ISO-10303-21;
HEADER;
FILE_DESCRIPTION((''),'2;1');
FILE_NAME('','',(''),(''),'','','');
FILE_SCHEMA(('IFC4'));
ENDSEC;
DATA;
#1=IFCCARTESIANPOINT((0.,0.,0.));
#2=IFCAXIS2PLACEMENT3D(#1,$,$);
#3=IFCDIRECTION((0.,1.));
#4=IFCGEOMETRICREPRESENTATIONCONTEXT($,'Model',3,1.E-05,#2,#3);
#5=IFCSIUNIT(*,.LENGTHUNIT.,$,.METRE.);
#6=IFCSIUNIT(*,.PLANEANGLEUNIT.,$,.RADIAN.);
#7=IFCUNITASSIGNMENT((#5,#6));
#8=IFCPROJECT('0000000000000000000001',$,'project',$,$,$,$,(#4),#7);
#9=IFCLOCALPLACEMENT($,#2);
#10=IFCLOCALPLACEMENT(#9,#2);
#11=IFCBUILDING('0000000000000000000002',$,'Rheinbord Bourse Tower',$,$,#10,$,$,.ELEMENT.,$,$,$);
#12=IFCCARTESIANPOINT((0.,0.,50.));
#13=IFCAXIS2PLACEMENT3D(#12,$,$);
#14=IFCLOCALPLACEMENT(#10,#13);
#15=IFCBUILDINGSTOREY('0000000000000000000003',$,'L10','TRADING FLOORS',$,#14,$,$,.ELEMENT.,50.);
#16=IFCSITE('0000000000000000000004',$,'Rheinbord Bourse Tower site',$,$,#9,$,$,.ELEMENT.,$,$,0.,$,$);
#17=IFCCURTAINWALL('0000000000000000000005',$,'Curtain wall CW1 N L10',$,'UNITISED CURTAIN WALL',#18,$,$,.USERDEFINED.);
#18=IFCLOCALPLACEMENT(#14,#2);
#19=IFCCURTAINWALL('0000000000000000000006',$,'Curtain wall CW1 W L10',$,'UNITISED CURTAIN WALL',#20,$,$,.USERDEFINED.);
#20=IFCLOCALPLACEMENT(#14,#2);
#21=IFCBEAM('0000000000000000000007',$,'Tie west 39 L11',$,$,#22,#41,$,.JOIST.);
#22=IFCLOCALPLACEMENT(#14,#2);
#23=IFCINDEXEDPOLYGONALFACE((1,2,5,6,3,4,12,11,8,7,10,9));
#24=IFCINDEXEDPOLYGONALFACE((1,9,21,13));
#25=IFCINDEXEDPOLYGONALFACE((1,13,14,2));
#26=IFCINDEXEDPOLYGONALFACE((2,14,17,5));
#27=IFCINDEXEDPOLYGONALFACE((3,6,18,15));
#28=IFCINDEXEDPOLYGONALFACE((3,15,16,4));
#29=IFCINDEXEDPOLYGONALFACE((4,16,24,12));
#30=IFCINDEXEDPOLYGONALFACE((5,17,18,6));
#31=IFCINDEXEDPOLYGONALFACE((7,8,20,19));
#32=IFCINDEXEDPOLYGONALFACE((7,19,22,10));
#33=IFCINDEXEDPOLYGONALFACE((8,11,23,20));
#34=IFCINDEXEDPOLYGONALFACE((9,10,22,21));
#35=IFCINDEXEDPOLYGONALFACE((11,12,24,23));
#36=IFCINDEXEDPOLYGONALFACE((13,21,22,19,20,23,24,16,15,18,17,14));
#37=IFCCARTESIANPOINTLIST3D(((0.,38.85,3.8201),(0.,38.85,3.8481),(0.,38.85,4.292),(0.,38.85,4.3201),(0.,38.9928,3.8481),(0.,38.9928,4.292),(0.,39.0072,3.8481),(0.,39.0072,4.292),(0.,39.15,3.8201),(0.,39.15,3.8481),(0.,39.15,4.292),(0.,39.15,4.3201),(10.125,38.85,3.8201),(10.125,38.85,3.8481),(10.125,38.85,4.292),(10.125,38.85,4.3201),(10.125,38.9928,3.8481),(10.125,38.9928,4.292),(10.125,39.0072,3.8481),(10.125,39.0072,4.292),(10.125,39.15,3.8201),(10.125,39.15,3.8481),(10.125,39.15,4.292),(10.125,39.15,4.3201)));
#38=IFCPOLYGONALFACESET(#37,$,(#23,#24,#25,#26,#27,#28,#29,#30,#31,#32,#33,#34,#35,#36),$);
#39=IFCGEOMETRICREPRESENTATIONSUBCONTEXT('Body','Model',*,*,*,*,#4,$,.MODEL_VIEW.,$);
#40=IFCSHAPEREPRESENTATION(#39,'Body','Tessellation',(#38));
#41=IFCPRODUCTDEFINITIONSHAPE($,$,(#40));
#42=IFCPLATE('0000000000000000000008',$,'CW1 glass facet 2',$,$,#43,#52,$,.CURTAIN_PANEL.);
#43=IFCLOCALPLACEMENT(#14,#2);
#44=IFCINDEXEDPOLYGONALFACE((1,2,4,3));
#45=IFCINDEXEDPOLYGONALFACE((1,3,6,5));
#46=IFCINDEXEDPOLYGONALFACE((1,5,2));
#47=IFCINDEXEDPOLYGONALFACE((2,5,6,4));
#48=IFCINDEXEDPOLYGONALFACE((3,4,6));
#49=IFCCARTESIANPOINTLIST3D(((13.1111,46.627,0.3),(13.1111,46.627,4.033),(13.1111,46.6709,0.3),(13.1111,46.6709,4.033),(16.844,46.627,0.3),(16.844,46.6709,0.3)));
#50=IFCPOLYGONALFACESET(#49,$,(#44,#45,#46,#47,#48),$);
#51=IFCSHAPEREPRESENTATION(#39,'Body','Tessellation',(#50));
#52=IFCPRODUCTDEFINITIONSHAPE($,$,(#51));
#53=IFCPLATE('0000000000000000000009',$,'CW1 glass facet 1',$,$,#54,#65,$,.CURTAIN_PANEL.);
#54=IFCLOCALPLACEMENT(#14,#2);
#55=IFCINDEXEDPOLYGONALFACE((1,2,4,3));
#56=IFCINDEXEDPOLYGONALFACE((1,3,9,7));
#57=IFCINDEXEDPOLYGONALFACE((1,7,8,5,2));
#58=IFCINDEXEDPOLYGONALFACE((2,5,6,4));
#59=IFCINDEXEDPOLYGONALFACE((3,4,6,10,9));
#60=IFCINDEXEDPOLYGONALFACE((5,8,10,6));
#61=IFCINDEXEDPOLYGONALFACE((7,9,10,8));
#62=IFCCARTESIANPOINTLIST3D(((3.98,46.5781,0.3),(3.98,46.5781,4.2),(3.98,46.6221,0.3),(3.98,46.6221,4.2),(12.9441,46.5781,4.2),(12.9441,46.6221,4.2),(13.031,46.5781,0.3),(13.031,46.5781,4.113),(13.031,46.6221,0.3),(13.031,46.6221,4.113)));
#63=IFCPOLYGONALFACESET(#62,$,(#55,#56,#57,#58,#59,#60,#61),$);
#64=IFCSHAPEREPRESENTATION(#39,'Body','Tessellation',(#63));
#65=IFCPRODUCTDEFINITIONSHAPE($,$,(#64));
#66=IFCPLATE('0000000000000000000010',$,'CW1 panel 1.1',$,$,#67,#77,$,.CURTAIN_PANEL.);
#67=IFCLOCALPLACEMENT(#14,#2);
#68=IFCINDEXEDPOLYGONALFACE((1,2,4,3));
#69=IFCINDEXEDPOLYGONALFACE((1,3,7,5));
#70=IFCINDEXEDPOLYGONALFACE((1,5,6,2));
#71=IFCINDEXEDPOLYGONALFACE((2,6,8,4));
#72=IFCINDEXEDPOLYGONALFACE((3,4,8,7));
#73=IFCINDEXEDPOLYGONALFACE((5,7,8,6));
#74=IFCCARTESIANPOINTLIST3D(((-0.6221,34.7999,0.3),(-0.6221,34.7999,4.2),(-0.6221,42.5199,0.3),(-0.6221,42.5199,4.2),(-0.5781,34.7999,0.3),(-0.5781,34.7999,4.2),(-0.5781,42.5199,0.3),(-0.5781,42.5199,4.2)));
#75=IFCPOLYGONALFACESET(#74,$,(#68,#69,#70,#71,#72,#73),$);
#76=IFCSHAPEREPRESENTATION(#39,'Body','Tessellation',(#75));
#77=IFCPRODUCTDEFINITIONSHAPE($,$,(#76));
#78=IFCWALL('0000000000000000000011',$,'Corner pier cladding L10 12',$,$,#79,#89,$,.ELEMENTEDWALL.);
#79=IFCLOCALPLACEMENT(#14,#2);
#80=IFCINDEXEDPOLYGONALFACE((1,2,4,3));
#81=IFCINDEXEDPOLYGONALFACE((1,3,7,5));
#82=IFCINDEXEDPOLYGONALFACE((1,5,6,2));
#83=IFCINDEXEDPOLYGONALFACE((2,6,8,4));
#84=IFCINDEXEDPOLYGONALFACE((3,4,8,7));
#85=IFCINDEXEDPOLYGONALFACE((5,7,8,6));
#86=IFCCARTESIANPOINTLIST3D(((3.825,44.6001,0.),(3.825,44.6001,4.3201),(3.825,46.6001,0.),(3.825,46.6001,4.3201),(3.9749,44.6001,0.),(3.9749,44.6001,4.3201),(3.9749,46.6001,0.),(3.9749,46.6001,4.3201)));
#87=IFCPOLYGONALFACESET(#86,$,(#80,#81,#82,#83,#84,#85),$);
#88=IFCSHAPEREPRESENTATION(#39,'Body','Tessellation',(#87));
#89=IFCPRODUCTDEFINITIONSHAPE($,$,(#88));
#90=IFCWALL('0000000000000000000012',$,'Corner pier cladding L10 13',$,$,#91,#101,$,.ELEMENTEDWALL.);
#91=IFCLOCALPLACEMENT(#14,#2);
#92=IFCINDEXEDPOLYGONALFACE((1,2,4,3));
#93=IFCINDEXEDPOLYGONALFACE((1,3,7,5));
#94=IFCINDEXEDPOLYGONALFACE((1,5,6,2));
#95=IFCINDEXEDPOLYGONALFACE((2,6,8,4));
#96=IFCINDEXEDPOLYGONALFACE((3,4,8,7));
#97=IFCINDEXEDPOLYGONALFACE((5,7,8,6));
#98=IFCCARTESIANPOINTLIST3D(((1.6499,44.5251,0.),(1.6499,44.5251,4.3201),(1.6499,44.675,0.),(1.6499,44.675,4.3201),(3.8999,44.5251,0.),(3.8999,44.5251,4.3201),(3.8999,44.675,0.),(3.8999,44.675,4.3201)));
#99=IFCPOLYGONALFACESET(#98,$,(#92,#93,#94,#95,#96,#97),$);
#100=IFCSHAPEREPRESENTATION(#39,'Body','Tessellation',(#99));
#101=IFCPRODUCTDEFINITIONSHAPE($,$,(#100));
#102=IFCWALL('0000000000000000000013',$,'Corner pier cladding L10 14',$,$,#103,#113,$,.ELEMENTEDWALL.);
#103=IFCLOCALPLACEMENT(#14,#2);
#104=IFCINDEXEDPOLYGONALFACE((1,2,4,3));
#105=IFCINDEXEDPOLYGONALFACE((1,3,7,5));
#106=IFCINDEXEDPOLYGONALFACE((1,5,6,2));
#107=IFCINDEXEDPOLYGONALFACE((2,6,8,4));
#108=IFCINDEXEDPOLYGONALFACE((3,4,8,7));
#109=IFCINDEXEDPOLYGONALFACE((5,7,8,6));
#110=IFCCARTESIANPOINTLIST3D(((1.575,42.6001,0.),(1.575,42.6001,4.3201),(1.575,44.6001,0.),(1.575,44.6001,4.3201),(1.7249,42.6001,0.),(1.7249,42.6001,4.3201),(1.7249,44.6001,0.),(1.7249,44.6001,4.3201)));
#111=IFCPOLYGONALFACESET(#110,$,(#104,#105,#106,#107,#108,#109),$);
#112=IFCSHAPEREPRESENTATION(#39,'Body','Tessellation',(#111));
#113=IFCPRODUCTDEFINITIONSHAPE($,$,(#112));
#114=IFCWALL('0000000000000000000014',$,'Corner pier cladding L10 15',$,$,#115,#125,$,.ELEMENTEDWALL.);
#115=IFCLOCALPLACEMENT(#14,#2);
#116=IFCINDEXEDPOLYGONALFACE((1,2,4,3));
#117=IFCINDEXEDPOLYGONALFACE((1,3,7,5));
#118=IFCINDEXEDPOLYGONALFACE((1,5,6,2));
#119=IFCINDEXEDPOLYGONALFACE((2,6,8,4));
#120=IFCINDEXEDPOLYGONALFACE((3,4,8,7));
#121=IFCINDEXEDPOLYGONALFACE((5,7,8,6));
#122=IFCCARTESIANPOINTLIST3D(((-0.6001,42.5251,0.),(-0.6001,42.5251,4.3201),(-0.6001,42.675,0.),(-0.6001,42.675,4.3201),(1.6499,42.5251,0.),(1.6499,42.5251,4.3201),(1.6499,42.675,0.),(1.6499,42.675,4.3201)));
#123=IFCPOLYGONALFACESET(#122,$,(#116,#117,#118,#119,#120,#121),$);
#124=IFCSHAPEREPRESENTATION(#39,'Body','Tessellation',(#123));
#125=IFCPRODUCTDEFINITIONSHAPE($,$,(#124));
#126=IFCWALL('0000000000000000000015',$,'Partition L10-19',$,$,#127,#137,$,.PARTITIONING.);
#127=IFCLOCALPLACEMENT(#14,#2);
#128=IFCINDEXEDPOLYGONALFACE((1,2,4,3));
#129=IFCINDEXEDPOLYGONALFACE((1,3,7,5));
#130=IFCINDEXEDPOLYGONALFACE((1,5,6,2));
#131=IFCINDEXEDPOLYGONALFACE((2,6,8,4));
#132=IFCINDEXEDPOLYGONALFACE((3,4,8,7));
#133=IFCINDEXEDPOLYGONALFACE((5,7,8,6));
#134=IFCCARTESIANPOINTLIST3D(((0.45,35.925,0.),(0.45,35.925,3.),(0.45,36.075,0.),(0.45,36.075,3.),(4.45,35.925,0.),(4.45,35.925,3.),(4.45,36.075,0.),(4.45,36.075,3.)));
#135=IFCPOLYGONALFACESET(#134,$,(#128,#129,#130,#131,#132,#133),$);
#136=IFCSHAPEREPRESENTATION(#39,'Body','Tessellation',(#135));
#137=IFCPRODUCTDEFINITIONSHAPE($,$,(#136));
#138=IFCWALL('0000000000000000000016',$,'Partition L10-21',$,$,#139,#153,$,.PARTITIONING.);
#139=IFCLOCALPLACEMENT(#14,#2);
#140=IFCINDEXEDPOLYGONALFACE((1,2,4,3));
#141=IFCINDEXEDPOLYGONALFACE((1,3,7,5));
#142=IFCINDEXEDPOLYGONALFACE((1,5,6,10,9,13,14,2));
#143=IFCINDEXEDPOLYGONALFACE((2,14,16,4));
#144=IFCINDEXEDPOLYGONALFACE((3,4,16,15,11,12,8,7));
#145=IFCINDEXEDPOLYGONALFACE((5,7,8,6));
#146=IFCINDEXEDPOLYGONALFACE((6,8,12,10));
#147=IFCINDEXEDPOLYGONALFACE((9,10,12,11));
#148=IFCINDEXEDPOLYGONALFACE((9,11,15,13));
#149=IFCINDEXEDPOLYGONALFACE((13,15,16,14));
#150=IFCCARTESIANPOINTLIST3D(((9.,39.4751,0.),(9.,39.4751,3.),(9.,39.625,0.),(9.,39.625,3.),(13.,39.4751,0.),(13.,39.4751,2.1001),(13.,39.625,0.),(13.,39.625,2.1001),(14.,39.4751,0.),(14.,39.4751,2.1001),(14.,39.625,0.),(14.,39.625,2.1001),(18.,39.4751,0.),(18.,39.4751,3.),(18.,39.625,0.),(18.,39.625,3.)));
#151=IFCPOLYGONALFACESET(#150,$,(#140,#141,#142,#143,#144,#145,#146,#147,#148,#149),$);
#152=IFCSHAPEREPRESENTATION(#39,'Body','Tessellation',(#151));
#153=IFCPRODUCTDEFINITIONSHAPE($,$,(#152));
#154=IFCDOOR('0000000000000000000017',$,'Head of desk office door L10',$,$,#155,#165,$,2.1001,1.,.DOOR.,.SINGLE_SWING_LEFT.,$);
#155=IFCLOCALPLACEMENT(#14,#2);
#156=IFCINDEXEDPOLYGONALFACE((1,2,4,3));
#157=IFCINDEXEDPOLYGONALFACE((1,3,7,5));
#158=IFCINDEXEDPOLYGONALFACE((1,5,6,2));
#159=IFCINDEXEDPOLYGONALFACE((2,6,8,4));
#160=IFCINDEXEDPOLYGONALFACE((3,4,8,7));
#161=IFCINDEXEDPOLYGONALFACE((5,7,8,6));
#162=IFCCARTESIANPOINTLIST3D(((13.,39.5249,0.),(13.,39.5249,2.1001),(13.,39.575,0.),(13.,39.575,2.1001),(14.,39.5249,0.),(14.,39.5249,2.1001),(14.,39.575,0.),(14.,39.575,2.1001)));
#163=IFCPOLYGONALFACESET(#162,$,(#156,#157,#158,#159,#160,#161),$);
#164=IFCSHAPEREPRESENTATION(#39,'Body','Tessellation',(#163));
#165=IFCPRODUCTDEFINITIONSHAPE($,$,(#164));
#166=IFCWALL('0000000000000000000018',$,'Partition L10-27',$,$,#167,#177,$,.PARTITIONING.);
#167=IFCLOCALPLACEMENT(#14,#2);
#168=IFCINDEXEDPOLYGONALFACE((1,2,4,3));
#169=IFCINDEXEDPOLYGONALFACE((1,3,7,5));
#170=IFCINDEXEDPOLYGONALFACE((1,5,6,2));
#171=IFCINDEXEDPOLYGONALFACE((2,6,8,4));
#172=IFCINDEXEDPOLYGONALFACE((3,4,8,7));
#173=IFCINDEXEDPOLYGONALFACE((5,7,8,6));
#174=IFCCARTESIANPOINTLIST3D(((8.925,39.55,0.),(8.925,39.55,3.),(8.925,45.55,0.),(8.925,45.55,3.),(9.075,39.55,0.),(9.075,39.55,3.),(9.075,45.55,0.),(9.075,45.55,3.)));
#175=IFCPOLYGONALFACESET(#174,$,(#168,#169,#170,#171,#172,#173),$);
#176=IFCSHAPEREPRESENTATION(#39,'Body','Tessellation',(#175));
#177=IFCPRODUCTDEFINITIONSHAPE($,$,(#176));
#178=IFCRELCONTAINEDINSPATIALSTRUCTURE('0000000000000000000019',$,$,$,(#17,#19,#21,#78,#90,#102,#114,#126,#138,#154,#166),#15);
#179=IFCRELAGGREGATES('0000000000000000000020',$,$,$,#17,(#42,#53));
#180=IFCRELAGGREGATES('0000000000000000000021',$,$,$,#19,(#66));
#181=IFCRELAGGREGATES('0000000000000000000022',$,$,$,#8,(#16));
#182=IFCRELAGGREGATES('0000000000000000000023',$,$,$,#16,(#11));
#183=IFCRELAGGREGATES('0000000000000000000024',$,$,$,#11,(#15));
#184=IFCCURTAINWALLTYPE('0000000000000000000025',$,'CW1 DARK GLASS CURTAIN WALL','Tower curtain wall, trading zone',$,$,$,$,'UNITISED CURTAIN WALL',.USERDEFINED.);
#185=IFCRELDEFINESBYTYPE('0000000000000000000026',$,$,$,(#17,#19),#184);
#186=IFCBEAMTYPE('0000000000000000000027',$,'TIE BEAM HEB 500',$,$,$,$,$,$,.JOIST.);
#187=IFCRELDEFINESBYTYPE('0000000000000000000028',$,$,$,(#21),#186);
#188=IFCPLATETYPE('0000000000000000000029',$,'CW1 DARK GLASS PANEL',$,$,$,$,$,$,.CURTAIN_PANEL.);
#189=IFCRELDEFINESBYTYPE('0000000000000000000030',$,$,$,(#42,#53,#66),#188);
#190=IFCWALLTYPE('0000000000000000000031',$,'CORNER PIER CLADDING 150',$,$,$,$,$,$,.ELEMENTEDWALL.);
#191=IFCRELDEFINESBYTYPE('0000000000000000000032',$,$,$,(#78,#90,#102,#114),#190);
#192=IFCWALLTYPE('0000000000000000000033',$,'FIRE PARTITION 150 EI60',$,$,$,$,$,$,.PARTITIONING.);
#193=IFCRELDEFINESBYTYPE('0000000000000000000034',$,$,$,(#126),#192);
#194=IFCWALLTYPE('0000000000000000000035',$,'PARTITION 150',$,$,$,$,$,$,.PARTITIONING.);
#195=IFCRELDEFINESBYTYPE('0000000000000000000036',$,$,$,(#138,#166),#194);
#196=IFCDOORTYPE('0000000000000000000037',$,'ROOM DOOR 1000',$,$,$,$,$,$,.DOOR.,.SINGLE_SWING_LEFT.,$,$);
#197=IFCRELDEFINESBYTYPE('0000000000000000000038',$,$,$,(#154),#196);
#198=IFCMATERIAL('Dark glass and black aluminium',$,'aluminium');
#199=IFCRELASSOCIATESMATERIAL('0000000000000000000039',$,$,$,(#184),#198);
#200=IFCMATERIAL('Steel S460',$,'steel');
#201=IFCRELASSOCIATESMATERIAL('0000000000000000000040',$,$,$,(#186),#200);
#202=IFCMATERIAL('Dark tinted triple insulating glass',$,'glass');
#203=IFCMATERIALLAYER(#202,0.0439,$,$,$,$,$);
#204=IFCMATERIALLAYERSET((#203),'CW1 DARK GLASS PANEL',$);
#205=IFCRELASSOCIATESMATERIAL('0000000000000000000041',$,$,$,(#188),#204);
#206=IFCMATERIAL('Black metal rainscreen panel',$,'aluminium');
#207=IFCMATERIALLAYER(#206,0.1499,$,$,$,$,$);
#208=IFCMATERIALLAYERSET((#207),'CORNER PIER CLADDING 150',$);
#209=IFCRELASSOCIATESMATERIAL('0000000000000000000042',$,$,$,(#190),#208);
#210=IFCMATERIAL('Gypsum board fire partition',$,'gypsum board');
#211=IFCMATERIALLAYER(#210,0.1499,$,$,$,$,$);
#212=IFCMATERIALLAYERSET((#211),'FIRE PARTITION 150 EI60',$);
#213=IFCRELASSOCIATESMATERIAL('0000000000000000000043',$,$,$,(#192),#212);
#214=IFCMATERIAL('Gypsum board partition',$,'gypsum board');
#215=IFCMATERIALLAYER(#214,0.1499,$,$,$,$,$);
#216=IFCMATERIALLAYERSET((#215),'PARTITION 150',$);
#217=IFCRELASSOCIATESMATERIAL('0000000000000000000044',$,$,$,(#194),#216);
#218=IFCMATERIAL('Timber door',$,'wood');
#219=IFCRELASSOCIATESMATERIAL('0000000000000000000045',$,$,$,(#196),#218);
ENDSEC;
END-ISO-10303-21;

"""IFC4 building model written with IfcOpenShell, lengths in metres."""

from ifc_helpers import new_model, si_unit, direction, frame, frame_2d, origin, origin_2d, place, context, subcontext, project, spatial, polyline, rectangle, i_section, outline, extrude, material, layer, layer_set, material_profile, profile_set, type_object, element, fill, aggregate, save


model = new_model("IFC4")

# Units and contexts
model_context = context("Model", 3, precision=1e-05, world=origin(), true_north=direction((0.0, 1.0)))
body_context = subcontext(model_context, "Body", "Model", "MODEL_VIEW")
ifc_project = project(units=[si_unit("LENGTHUNIT", "METRE"), si_unit("PLANEANGLEUNIT", "RADIAN")], contexts=[model_context])

# Site, building, storey
site_placement = place(None, origin())
site = spatial("IfcSite", under=ifc_project, at=site_placement, Name="Rheinbord Bourse Tower site", CompositionType="ELEMENT", RefElevation=0.0)
building_placement = place(site_placement, origin())
building = spatial("IfcBuilding", under=site, at=building_placement, Name="Rheinbord Bourse Tower", CompositionType="ELEMENT")
storey_placement = place(building_placement, frame((0.0, 0.0, 50.0)))
storey = spatial("IfcBuildingStorey", under=building, at=storey_placement, Name="L10", Description="TRADING FLOORS", CompositionType="ELEMENT", Elevation=50.0)

# Curtain wall
ifc_material_1 = material(Name="Dark glass and black aluminium", Category="aluminium")
curtain_wall_type = type_object("IfcCurtainWallType", Name="CW1 DARK GLASS CURTAIN WALL", Description="Tower curtain wall, trading zone", ElementType="UNITISED CURTAIN WALL", PredefinedType="USERDEFINED", material=ifc_material_1)
curtain_wall_1_placement = place(storey_placement, origin())
curtain_wall_1 = element("IfcCurtainWall", 1, at=curtain_wall_1_placement, inside=storey, type_object=curtain_wall_type, Name="Curtain wall CW1 N L10", ObjectType="UNITISED CURTAIN WALL", PredefinedType="USERDEFINED")

# Curtain wall
curtain_wall_2_placement = place(storey_placement, origin())
curtain_wall_2 = element("IfcCurtainWall", 2, at=curtain_wall_2_placement, inside=storey, type_object=curtain_wall_type, Name="Curtain wall CW1 W L10", ObjectType="UNITISED CURTAIN WALL", PredefinedType="USERDEFINED")

# Beam
ifc_material_2 = material(Name="Steel S460", Category="steel")
ifc_material_profile_1 = material_profile(ifc_material_2, i_section(OverallWidth=0.3, OverallDepth=0.5, WebThickness=0.0144, FlangeThickness=0.0281, at=origin_2d()), Name="HEB 500")
ifc_profile_set_1 = profile_set([ifc_material_profile_1], Name="Steel S460")
beam_type_1 = type_object("IfcBeamType", Name="TIE BEAM HEB 500", PredefinedType="JOIST", material=ifc_profile_set_1)
beam_1_placement = place(storey_placement, frame((0.0, 39.0, 4.0701), z_axis=(1.0, 0.0, 0.0), x_axis=(0.0, 1.0, 0.0)))
element("IfcBeam", 3, at=beam_1_placement, inside=storey, type_object=beam_type_1, Name="Tie west 39 L11", PredefinedType="JOIST", context=body_context, shape_type="SweptSolid", body=[
    extrude(i_section(OverallWidth=0.3, OverallDepth=0.5, WebThickness=0.0144, FlangeThickness=0.0281, at=origin_2d()), origin(), (0.0, 0.0, 1.0), 10.125),
])

# Plates
ifc_material_3 = material(Name="Dark tinted triple insulating glass", Category="glass")
ifc_layer_1 = layer(ifc_material_3, 0.0439)
ifc_layer_set_1 = layer_set([ifc_layer_1], Name="CW1 DARK GLASS PANEL")
plate_type = type_object("IfcPlateType", Name="CW1 DARK GLASS PANEL", PredefinedType="CURTAIN_PANEL", material=ifc_layer_set_1)
plate_1_placement = place(storey_placement, frame((13.1111, 46.6709, 0.3), z_axis=(0.0, -1.0, 0.0), x_axis=(1.0, 0.0, 0.0)))
plate_1 = element("IfcPlate", 4, at=plate_1_placement, type_object=plate_type, Name="CW1 glass facet 2", PredefinedType="CURTAIN_PANEL", context=body_context, shape_type="SweptSolid", body=[
    extrude(outline(polyline([(0.0, 0.0), (3.7329, 0.0), (0.0, 3.7329), (0.0, 0.0)])), origin(), (0.0, 0.0, 1.0), 0.0439),
])
plate_2_placement = place(storey_placement, frame((3.98, 46.6221, 4.2), z_axis=(0.0, -1.0, 0.0), x_axis=(0.0, 0.0, -1.0)))
plate_2 = element("IfcPlate", 5, at=plate_2_placement, type_object=plate_type, Name="CW1 glass facet 1", PredefinedType="CURTAIN_PANEL", context=body_context, shape_type="SweptSolid", body=[
    extrude(outline(polyline([(0.0, 0.0), (3.8999, 0.0), (3.8999, 9.051), (0.0869, 9.051), (0.0, 8.9641), (0.0, 0.0)])), origin(), (0.0, 0.0, 1.0), 0.0439),
])
aggregate(curtain_wall_1, [plate_1, plate_2])
plate_3_placement = place(storey_placement, frame((-0.6001, 38.6599, 0.3), z_axis=(0.0, 0.0, 1.0), x_axis=(0.0, -1.0, 0.0)))
plate_3 = element("IfcPlate", 6, at=plate_3_placement, type_object=plate_type, Name="CW1 panel 1.1", PredefinedType="CURTAIN_PANEL", context=body_context, shape_type="SweptSolid", body=[
    extrude(rectangle(XDim=7.72, YDim=0.0439, at=origin_2d()), origin(), (0.0, 0.0, 1.0), 3.8999),
])
aggregate(curtain_wall_2, [plate_3])

# Walls
ifc_material_4 = material(Name="Black metal rainscreen panel", Category="aluminium")
ifc_layer_2 = layer(ifc_material_4, 0.1499)
ifc_layer_set_2 = layer_set([ifc_layer_2], Name="CORNER PIER CLADDING 150")
wall_type_1 = type_object("IfcWallType", Name="CORNER PIER CLADDING 150", PredefinedType="ELEMENTEDWALL", material=ifc_layer_set_2)
wall_1_placement = place(storey_placement, frame((3.8999, 46.6001, 0.0), z_axis=(0.0, 0.0, 1.0), x_axis=(0.0, -1.0, 0.0)))
element("IfcWall", 7, at=wall_1_placement, inside=storey, type_object=wall_type_1, Name="Corner pier cladding L10 12", PredefinedType="ELEMENTEDWALL", context=body_context, shape_type="SweptSolid", body=[
    extrude(rectangle(XDim=2.0, YDim=0.1499, at=frame_2d((1.0, 0.0))), origin(), (0.0, 0.0, 1.0), 4.3201),
])
wall_2_placement = place(storey_placement, frame((3.8999, 44.6001, 0.0), z_axis=(0.0, 0.0, 1.0), x_axis=(-1.0, 0.0, 0.0)))
element("IfcWall", 8, at=wall_2_placement, inside=storey, type_object=wall_type_1, Name="Corner pier cladding L10 13", PredefinedType="ELEMENTEDWALL", context=body_context, shape_type="SweptSolid", body=[
    extrude(rectangle(XDim=2.25, YDim=0.1499, at=frame_2d((1.125, 0.0))), origin(), (0.0, 0.0, 1.0), 4.3201),
])
wall_3_placement = place(storey_placement, frame((1.6499, 44.6001, 0.0), z_axis=(0.0, 0.0, 1.0), x_axis=(0.0, -1.0, 0.0)))
element("IfcWall", 9, at=wall_3_placement, inside=storey, type_object=wall_type_1, Name="Corner pier cladding L10 14", PredefinedType="ELEMENTEDWALL", context=body_context, shape_type="SweptSolid", body=[
    extrude(rectangle(XDim=2.0, YDim=0.1499, at=frame_2d((1.0, 0.0))), origin(), (0.0, 0.0, 1.0), 4.3201),
])
wall_4_placement = place(storey_placement, frame((1.6499, 42.6001, 0.0), z_axis=(0.0, 0.0, 1.0), x_axis=(-1.0, 0.0, 0.0)))
element("IfcWall", 10, at=wall_4_placement, inside=storey, type_object=wall_type_1, Name="Corner pier cladding L10 15", PredefinedType="ELEMENTEDWALL", context=body_context, shape_type="SweptSolid", body=[
    extrude(rectangle(XDim=2.25, YDim=0.1499, at=frame_2d((1.125, 0.0))), origin(), (0.0, 0.0, 1.0), 4.3201),
])
ifc_material_5 = material(Name="Gypsum board fire partition", Category="gypsum board")
ifc_layer_3 = layer(ifc_material_5, 0.1499)
ifc_layer_set_3 = layer_set([ifc_layer_3], Name="FIRE PARTITION 150 EI60")
wall_type_2 = type_object("IfcWallType", Name="FIRE PARTITION 150 EI60", PredefinedType="PARTITIONING", material=ifc_layer_set_3)
wall_5_placement = place(storey_placement, frame((0.45, 36.0, 0.0), z_axis=(0.0, 0.0, 1.0), x_axis=(1.0, 0.0, 0.0)))
element("IfcWall", 11, at=wall_5_placement, inside=storey, type_object=wall_type_2, Name="Partition L10-19", PredefinedType="PARTITIONING", context=body_context, shape_type="SweptSolid", body=[
    extrude(rectangle(XDim=4.0, YDim=0.1499, at=frame_2d((2.0, 0.0))), origin(), (0.0, 0.0, 1.0), 3.0),
])

# Wall, opening, door
ifc_material_6 = material(Name="Gypsum board partition", Category="gypsum board")
ifc_layer_4 = layer(ifc_material_6, 0.1499)
ifc_layer_set_4 = layer_set([ifc_layer_4], Name="PARTITION 150")
wall_type_3 = type_object("IfcWallType", Name="PARTITION 150", PredefinedType="PARTITIONING", material=ifc_layer_set_4)
wall_6_placement = place(storey_placement, frame((9.0, 39.55, 0.0), z_axis=(0.0, 0.0, 1.0), x_axis=(1.0, 0.0, 0.0)))
wall_6 = element("IfcWall", 12, at=wall_6_placement, inside=storey, type_object=wall_type_3, Name="Partition L10-21", PredefinedType="PARTITIONING", context=body_context, shape_type="SweptSolid", body=[
    extrude(rectangle(XDim=9.0, YDim=0.1499, at=frame_2d((4.5, 0.0))), origin(), (0.0, 0.0, 1.0), 3.0),
])
opening_placement = place(wall_6_placement, frame((4.0, 0.0, 0.0)))
opening = element("IfcOpeningElement", 13, at=opening_placement, cuts=wall_6, PredefinedType="OPENING", context=body_context, shape_type="SweptSolid", body=[
    extrude(rectangle(XDim=1.0, YDim=2.1001, at=frame_2d((0.5, 1.05))), frame((0.0, 0.085, 0.0), z_axis=(0.0, -1.0, 0.0), x_axis=(1.0, 0.0, 0.0)), (0.0, 0.0, 1.0), 0.1699),
])
ifc_material_7 = material(Name="Timber door", Category="wood")
door_type = type_object("IfcDoorType", Name="ROOM DOOR 1000", OperationType="SINGLE_SWING_LEFT", PredefinedType="DOOR", material=ifc_material_7)
door_placement = place(opening_placement, origin())
door = element("IfcDoor", 14, at=door_placement, inside=storey, type_object=door_type, Name="Head of desk office door L10", OperationType="SINGLE_SWING_LEFT", OverallHeight=2.1001, OverallWidth=1.0, PredefinedType="DOOR", context=body_context, shape_type="SweptSolid", body=[
    extrude(rectangle(XDim=1.0, YDim=2.1001, at=frame_2d((0.5, 1.05))), frame((0.0, 0.0249, 0.0), z_axis=(0.0, -1.0, 0.0), x_axis=(1.0, 0.0, 0.0)), (0.0, 0.0, 1.0), 0.05),
])
fill(opening, door)

# Wall
wall_7_placement = place(storey_placement, frame((9.0, 39.55, 0.0), z_axis=(0.0, 0.0, 1.0), x_axis=(0.0, 1.0, 0.0)))
element("IfcWall", 15, at=wall_7_placement, inside=storey, type_object=wall_type_3, Name="Partition L10-27", PredefinedType="PARTITIONING", context=body_context, shape_type="SweptSolid", body=[
    extrude(rectangle(XDim=6.0, YDim=0.1499, at=frame_2d((3.0, 0.0))), origin(), (0.0, 0.0, 1.0), 3.0),
])

save(model, "model.ifc")
